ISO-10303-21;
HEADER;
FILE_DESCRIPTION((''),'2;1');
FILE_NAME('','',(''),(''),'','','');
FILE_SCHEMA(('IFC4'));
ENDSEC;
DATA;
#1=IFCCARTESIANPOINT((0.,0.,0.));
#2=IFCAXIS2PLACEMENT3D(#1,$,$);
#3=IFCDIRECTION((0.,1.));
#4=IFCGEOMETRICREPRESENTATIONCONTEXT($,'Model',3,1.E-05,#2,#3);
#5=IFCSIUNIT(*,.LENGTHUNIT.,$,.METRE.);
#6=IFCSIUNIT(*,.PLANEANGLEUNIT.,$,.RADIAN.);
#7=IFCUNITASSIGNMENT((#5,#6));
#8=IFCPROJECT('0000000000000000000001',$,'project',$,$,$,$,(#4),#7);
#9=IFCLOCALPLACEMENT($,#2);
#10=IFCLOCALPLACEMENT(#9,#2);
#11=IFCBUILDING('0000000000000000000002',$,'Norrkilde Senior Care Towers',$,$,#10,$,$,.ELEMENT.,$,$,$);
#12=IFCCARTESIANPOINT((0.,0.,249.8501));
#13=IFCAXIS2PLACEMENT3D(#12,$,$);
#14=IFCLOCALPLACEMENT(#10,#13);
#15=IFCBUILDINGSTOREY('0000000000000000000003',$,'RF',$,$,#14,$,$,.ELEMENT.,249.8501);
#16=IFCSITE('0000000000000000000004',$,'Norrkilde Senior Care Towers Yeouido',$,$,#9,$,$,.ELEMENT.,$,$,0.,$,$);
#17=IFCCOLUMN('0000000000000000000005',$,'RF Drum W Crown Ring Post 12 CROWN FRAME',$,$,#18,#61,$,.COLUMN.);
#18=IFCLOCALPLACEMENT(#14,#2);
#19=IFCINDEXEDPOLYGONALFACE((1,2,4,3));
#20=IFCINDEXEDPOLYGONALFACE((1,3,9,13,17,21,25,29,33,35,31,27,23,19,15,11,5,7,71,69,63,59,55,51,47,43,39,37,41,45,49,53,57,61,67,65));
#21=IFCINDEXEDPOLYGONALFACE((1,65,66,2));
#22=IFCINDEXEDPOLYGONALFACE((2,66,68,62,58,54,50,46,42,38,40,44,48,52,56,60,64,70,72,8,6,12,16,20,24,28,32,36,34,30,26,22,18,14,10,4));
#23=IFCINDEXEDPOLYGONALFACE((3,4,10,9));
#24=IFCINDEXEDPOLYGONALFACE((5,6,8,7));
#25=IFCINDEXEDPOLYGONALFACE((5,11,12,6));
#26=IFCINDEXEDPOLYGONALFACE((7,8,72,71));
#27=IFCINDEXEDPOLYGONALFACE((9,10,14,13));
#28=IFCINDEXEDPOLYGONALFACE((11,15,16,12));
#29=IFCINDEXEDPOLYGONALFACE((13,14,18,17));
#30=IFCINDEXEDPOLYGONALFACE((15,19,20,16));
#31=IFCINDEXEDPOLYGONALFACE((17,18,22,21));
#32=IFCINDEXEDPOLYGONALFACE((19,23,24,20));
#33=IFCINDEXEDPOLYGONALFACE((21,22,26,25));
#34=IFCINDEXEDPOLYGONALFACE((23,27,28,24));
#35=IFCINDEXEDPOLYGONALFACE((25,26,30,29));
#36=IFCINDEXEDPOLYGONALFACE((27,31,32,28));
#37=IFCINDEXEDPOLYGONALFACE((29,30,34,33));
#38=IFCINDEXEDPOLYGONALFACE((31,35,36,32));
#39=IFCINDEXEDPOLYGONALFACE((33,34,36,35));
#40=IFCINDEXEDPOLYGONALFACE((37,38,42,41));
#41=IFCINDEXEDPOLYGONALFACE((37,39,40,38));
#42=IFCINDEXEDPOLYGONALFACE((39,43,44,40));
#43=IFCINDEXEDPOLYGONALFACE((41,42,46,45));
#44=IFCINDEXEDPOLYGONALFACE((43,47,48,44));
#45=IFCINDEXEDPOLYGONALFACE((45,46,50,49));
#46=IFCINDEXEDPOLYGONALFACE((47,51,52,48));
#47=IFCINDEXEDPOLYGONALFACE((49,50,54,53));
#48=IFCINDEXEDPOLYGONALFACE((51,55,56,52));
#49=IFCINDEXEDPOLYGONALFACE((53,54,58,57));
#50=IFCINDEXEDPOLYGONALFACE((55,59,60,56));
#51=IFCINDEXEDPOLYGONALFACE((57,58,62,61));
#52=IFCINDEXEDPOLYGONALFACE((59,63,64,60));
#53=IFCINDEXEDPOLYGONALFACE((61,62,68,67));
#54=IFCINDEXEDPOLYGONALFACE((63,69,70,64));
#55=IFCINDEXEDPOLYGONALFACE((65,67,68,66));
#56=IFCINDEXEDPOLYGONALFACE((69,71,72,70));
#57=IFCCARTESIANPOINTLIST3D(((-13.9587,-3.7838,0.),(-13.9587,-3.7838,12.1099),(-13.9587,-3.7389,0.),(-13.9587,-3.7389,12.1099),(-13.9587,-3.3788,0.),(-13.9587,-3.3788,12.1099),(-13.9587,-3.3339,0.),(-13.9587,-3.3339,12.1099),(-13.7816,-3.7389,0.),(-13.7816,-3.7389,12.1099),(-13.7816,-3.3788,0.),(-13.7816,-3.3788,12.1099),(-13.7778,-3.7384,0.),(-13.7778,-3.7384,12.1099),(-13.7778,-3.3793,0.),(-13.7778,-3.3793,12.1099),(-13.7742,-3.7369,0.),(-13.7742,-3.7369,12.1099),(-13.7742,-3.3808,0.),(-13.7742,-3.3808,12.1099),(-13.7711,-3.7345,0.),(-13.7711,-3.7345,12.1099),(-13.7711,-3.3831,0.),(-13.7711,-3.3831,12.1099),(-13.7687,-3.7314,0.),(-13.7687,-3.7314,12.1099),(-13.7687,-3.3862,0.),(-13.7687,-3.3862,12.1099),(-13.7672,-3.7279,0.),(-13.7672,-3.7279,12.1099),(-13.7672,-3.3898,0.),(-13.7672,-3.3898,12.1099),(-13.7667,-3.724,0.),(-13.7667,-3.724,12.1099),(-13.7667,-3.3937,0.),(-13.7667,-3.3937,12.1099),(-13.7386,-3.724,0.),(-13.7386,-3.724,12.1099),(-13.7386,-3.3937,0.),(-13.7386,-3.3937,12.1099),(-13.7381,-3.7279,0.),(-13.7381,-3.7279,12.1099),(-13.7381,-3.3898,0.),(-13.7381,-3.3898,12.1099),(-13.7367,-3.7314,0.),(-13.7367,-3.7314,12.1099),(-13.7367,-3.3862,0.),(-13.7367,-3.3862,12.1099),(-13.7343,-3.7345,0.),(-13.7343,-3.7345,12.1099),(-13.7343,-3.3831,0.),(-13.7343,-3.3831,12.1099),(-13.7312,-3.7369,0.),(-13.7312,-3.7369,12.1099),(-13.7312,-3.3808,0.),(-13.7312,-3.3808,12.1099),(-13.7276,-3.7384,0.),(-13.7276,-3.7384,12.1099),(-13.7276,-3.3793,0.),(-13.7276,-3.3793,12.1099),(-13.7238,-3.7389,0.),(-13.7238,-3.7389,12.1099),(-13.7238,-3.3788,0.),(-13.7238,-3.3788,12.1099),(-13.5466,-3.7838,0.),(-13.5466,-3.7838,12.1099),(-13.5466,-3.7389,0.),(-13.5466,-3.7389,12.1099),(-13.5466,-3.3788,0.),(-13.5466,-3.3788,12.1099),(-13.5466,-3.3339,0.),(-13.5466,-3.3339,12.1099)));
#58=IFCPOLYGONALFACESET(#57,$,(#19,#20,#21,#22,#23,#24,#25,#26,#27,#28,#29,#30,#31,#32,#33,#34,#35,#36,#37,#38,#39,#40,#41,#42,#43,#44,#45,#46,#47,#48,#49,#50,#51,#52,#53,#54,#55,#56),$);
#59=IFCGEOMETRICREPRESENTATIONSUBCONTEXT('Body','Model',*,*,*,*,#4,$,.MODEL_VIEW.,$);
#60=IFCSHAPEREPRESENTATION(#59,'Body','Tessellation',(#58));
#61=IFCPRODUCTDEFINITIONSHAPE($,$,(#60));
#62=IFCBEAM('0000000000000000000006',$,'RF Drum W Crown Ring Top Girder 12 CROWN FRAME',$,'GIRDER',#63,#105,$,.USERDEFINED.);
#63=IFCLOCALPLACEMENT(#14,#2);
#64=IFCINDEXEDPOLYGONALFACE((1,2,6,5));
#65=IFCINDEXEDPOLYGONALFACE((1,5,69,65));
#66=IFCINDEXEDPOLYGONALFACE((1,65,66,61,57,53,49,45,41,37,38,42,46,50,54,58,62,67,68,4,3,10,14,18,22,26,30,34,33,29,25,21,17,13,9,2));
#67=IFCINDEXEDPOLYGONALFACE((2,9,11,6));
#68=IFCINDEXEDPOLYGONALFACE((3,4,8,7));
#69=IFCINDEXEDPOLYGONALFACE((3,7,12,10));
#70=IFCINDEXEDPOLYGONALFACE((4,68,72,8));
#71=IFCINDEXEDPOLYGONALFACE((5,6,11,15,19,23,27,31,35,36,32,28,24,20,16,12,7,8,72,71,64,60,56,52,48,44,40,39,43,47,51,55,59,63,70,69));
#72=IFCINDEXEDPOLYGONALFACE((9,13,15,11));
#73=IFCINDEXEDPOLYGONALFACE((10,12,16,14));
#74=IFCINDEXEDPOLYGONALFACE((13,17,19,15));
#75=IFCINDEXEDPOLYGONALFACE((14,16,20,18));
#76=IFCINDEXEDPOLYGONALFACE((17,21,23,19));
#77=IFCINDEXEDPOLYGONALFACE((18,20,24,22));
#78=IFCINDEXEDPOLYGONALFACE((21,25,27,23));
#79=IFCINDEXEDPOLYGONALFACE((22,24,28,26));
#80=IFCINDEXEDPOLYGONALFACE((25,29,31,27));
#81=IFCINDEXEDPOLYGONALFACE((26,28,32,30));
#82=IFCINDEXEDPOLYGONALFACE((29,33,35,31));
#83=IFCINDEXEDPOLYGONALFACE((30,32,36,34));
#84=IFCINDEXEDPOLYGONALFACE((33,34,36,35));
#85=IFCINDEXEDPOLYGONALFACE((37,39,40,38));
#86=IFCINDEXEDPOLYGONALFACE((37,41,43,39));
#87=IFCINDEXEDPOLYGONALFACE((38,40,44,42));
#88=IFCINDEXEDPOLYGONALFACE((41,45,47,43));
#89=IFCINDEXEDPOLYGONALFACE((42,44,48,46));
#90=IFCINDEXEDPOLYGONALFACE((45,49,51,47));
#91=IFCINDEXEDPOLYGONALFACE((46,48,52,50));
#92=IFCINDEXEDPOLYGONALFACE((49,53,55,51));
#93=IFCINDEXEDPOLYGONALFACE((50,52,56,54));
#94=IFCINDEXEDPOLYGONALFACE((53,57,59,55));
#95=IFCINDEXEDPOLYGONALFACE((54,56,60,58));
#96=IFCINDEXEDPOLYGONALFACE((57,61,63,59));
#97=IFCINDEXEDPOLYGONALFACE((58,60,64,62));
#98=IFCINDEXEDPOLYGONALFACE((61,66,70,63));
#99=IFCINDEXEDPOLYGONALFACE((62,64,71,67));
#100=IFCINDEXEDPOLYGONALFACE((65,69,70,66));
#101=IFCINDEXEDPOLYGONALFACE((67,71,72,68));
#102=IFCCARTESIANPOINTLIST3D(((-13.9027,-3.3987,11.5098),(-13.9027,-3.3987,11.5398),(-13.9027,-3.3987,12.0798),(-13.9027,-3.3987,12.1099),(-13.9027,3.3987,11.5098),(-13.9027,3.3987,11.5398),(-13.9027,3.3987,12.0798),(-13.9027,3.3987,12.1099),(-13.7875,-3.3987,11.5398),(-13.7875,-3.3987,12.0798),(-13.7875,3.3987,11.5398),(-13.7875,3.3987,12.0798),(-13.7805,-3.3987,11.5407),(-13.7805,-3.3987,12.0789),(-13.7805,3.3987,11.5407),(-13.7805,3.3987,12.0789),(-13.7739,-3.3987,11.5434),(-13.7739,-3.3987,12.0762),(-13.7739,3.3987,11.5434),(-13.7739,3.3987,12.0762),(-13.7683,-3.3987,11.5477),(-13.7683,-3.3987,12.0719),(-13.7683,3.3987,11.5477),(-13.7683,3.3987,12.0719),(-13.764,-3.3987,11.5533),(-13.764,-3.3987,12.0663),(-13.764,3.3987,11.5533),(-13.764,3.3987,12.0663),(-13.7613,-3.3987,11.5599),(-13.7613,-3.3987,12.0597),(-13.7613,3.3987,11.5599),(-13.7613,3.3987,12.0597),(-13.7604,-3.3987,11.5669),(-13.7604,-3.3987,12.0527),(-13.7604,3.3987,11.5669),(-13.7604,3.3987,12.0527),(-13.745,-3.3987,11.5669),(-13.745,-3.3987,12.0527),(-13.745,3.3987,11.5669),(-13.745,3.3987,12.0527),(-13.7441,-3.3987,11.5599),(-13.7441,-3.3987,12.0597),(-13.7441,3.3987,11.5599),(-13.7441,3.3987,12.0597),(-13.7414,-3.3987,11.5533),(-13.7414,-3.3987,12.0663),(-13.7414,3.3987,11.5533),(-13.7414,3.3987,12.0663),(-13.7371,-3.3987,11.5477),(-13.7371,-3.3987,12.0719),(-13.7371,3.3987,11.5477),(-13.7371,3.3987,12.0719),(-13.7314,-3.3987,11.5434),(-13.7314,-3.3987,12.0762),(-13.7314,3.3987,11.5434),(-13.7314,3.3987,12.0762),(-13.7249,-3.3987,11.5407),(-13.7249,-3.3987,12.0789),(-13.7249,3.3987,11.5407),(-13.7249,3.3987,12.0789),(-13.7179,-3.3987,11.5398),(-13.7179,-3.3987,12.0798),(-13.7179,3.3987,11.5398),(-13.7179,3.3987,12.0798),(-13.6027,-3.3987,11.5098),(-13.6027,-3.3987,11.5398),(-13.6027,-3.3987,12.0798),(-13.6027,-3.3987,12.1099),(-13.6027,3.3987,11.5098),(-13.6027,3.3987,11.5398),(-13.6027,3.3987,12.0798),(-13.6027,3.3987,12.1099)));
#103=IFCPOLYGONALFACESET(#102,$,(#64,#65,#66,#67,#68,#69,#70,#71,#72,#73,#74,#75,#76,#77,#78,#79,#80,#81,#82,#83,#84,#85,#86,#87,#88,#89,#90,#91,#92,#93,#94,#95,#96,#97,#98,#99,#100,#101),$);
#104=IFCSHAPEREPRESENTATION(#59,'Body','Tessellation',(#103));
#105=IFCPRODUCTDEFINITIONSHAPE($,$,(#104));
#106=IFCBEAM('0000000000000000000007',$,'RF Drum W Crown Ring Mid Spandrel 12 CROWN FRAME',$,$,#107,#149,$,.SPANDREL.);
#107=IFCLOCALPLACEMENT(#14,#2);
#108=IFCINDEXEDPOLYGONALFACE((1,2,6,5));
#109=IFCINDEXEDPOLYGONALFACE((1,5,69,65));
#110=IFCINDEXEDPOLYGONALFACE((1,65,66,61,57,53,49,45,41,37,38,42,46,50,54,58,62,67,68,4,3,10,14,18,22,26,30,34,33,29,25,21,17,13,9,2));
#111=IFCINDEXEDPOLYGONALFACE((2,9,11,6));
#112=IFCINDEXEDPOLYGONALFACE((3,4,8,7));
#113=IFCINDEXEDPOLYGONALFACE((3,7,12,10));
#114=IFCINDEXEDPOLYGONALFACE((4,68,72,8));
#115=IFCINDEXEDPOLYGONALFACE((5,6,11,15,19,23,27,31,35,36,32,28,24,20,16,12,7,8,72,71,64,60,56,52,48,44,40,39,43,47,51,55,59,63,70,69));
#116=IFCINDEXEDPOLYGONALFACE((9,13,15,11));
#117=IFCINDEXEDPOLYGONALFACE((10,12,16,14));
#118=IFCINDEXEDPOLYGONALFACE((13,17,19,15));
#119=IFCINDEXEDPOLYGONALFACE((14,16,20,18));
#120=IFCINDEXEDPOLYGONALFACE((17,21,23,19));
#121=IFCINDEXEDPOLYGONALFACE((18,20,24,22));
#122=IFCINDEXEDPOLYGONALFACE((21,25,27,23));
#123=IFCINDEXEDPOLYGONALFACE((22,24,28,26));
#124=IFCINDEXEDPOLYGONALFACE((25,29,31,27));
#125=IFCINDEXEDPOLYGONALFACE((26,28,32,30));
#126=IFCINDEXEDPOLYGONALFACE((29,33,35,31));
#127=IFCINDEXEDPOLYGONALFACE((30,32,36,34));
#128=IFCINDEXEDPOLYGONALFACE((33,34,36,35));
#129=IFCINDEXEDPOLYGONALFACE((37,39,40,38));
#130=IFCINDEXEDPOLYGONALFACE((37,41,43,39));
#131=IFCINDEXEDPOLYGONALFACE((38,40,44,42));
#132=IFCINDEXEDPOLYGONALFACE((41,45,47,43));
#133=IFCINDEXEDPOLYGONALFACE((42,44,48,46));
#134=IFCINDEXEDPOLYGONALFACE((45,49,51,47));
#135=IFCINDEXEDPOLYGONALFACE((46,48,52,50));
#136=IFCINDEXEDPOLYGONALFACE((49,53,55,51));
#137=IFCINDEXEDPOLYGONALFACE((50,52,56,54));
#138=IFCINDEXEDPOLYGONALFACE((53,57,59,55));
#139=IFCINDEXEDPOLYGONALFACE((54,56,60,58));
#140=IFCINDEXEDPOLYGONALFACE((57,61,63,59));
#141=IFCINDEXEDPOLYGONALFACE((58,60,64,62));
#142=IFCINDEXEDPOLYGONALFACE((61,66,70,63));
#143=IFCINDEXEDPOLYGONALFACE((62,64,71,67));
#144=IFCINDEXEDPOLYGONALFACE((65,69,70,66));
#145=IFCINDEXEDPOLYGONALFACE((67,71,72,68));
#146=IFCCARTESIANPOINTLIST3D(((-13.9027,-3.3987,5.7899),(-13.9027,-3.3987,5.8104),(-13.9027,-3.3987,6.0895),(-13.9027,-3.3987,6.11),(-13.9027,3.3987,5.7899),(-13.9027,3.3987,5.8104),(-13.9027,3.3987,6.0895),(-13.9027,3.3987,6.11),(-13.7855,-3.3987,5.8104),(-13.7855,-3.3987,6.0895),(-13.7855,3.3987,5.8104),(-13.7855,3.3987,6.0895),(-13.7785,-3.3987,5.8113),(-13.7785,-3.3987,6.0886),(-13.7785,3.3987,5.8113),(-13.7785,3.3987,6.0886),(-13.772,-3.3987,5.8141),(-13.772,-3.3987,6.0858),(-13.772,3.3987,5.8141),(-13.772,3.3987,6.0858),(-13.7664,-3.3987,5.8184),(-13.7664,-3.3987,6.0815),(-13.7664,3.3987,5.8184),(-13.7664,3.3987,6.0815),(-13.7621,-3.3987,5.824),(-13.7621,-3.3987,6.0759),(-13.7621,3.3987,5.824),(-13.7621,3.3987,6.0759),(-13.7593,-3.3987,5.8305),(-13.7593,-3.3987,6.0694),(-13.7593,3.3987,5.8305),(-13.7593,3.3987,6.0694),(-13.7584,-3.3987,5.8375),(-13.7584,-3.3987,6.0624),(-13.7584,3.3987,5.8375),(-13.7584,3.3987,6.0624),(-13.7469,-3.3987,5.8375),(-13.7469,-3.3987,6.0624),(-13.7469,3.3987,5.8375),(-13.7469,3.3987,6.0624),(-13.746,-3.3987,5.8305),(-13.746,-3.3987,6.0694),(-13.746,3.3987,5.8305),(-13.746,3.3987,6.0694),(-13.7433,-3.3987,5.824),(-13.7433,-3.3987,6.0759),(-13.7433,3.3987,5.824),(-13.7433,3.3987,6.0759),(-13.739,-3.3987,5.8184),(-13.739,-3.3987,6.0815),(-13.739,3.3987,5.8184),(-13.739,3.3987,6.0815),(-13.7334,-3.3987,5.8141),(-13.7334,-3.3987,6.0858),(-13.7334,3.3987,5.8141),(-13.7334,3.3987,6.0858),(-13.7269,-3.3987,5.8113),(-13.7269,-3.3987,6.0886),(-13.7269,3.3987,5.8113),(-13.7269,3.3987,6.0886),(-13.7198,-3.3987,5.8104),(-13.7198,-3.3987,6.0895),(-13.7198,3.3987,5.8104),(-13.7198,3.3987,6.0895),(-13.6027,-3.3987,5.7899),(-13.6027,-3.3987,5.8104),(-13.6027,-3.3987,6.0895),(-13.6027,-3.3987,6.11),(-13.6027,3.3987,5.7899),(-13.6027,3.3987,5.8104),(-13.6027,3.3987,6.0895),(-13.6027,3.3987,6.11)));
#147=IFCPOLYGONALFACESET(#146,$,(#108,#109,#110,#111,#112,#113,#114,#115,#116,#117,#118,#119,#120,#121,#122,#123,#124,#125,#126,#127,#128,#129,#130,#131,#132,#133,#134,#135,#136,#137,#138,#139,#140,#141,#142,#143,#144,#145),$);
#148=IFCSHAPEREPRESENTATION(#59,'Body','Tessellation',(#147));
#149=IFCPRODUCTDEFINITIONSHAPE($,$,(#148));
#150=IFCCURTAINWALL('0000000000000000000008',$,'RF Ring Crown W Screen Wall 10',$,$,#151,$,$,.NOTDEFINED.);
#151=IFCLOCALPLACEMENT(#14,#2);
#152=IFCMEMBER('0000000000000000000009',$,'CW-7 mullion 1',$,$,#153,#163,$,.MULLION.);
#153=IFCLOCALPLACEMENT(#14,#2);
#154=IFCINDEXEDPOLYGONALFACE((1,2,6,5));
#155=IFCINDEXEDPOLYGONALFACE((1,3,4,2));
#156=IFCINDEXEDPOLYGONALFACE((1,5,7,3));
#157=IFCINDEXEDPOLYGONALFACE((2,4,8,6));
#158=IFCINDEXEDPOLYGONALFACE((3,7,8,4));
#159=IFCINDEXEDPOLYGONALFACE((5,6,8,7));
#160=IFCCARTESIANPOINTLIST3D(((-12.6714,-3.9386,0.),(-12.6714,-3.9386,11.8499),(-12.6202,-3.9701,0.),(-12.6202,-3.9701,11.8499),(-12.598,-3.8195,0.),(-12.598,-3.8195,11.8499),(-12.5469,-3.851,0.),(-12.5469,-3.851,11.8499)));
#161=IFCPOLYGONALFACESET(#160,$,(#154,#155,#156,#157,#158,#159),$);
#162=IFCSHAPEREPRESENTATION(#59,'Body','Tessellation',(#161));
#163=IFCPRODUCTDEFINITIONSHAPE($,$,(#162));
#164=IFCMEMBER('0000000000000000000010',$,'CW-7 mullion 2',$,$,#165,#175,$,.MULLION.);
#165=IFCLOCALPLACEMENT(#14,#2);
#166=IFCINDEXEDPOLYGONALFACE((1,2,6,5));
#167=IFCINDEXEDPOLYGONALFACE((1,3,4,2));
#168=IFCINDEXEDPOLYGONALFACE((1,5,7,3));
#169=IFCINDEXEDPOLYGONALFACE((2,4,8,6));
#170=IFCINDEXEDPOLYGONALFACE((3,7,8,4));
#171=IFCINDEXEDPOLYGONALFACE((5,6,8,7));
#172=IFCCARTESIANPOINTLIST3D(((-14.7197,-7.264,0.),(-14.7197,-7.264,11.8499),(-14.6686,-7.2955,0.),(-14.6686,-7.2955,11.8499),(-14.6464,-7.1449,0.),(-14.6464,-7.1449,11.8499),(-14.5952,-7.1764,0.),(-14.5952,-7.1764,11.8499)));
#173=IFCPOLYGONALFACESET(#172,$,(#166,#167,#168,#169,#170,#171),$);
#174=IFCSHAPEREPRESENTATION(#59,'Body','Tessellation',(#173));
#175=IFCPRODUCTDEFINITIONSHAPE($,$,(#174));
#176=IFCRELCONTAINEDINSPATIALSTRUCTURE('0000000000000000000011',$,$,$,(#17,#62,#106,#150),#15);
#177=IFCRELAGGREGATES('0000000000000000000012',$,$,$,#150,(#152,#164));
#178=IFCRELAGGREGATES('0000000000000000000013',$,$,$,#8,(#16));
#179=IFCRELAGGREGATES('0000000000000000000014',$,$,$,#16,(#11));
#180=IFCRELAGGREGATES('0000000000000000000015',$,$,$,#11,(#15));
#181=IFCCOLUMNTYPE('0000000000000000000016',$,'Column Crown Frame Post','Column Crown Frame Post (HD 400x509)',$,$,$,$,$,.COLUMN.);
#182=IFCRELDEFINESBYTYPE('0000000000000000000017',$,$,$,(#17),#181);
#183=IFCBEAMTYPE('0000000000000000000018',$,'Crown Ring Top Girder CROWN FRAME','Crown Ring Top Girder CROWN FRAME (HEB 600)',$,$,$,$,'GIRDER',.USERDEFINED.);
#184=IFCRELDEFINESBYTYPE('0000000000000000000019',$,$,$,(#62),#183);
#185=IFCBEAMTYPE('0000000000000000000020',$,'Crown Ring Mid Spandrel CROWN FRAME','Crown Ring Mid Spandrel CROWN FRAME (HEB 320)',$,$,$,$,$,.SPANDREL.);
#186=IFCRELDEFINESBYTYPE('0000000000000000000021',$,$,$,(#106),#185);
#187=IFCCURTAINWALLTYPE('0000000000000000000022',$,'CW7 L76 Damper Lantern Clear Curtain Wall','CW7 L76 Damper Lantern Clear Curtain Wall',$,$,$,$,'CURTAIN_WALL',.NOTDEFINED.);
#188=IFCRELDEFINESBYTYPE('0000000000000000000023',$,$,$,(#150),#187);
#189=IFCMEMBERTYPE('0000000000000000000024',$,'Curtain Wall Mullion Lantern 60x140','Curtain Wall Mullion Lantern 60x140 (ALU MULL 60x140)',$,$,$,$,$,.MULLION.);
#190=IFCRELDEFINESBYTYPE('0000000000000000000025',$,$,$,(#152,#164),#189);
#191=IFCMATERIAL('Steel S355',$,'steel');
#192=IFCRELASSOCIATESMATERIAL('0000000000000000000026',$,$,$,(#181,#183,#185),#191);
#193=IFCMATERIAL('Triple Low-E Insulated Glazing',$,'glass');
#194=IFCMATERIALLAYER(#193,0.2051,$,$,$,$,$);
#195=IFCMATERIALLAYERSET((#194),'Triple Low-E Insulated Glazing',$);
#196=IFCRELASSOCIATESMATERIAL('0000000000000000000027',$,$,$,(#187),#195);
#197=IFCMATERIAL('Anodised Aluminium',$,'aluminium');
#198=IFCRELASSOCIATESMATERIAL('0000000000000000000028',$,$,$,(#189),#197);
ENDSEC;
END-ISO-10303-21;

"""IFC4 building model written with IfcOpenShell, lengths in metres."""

from ifc_helpers import new_model, si_unit, direction, frame, origin, origin_2d, place, context, subcontext, project, spatial, rectangle, i_section, extrude, source, transform, mapped, material, layer, layer_set, material_profile, profile_set, type_object, type_shapes, element, aggregate, save


model = new_model("IFC4")

# Units and contexts
model_context = context("Model", 3, precision=1e-05, world=origin(), true_north=direction((0.0, 1.0)))
body_context = subcontext(model_context, "Body", "Model", "MODEL_VIEW")
ifc_project = project(units=[si_unit("LENGTHUNIT", "METRE"), si_unit("PLANEANGLEUNIT", "RADIAN")], contexts=[model_context])

# Site, building, storey
site_placement = place(None, origin())
site = spatial("IfcSite", under=ifc_project, at=site_placement, Name="Norrkilde Senior Care Towers Yeouido", CompositionType="ELEMENT", RefElevation=0.0)
building_placement = place(site_placement, origin())
building = spatial("IfcBuilding", under=site, at=building_placement, Name="Norrkilde Senior Care Towers", CompositionType="ELEMENT")
storey_placement = place(building_placement, frame((0.0, 0.0, 249.8501)))
storey = spatial("IfcBuildingStorey", under=building, at=storey_placement, Name="RF", CompositionType="ELEMENT", Elevation=249.8501)

# Column
ifc_material_1 = material(Name="Steel S355", Category="steel")
ifc_material_profile_1 = material_profile(ifc_material_1, i_section(OverallWidth=0.4121, OverallDepth=0.45, WebThickness=0.0281, FlangeThickness=0.0449, FilletRadius=0.0149, at=origin_2d()), Name="HD 400x509")
ifc_profile_set_1 = profile_set([ifc_material_profile_1], Name="Steel S355")
column_type = type_object("IfcColumnType", Name="Column Crown Frame Post", Description="Column Crown Frame Post (HD 400x509)", PredefinedType="COLUMN", material=ifc_profile_set_1)
shared_shape_1 = source(origin(), body_context, "Body", "SweptSolid", [
    extrude(i_section(OverallWidth=0.4121, OverallDepth=0.45, WebThickness=0.0281, FlangeThickness=0.0449, FilletRadius=0.0149, at=origin_2d()), origin(), (0.0, 0.0, 1.0), 12.1099),
])
type_shapes(column_type, [shared_shape_1])
column_placement = place(storey_placement, frame((-13.7527, -3.5588, 0.0), z_axis=(0.0, 0.0, 1.0), x_axis=(1.0, 0.0, 0.0)))
element("IfcColumn", 1, at=column_placement, inside=storey, type_object=column_type, Name="RF Drum W Crown Ring Post 12 CROWN FRAME", PredefinedType="COLUMN", context=body_context, shape_type="MappedRepresentation", body=[
    mapped(shared_shape_1, transform((0.0, 0.0, 0.0), x_axis=(1.0, 0.0, 0.0), y_axis=(0.0, 1.0, 0.0), z_axis=(0.0, 0.0, 1.0), scale=1.0)),
])

# Beams
ifc_material_profile_2 = material_profile(ifc_material_1, i_section(OverallWidth=0.3, OverallDepth=0.6001, WebThickness=0.0154, FlangeThickness=0.03, FilletRadius=0.0271, at=origin_2d()), Name="HEB 600")
ifc_profile_set_2 = profile_set([ifc_material_profile_2], Name="Steel S355")
beam_type_1 = type_object("IfcBeamType", Name="Crown Ring Top Girder CROWN FRAME", Description="Crown Ring Top Girder CROWN FRAME (HEB 600)", ElementType="GIRDER", PredefinedType="USERDEFINED", material=ifc_profile_set_2)
shared_shape_2 = source(origin(), body_context, "Body", "SweptSolid", [
    extrude(i_section(OverallWidth=0.3, OverallDepth=0.6001, WebThickness=0.0154, FlangeThickness=0.03, FilletRadius=0.0271, at=origin_2d()), origin(), (0.0, 0.0, 1.0), 6.7974),
])
type_shapes(beam_type_1, [shared_shape_2])
beam_1_placement = place(storey_placement, frame((-13.7527, -3.3987, 11.8098), z_axis=(0.0, 1.0, 0.0), x_axis=(-1.0, 0.0, 0.0)))
element("IfcBeam", 2, at=beam_1_placement, inside=storey, type_object=beam_type_1, Name="RF Drum W Crown Ring Top Girder 12 CROWN FRAME", ObjectType="GIRDER", PredefinedType="USERDEFINED", context=body_context, shape_type="MappedRepresentation", body=[
    mapped(shared_shape_2, transform((0.0, 0.0, 0.0), x_axis=(1.0, 0.0, 0.0), y_axis=(0.0, 1.0, 0.0), z_axis=(0.0, 0.0, 1.0), scale=1.0)),
])
ifc_material_profile_3 = material_profile(ifc_material_1, i_section(OverallWidth=0.3, OverallDepth=0.3201, WebThickness=0.0115, FlangeThickness=0.0205, FilletRadius=0.0271, at=origin_2d()), Name="HEB 320")
ifc_profile_set_3 = profile_set([ifc_material_profile_3], Name="Steel S355")
beam_type_2 = type_object("IfcBeamType", Name="Crown Ring Mid Spandrel CROWN FRAME", Description="Crown Ring Mid Spandrel CROWN FRAME (HEB 320)", PredefinedType="SPANDREL", material=ifc_profile_set_3)
shared_shape_3 = source(origin(), body_context, "Body", "SweptSolid", [
    extrude(i_section(OverallWidth=0.3, OverallDepth=0.3201, WebThickness=0.0115, FlangeThickness=0.0205, FilletRadius=0.0271, at=origin_2d()), origin(), (0.0, 0.0, 1.0), 6.7974),
])
type_shapes(beam_type_2, [shared_shape_3])
beam_2_placement = place(storey_placement, frame((-13.7527, -3.3987, 5.95), z_axis=(0.0, 1.0, 0.0), x_axis=(-1.0, 0.0, 0.0)))
element("IfcBeam", 3, at=beam_2_placement, inside=storey, type_object=beam_type_2, Name="RF Drum W Crown Ring Mid Spandrel 12 CROWN FRAME", PredefinedType="SPANDREL", context=body_context, shape_type="MappedRepresentation", body=[
    mapped(shared_shape_3, transform((0.0, 0.0, 0.0), x_axis=(1.0, 0.0, 0.0), y_axis=(0.0, 1.0, 0.0), z_axis=(0.0, 0.0, 1.0), scale=1.0)),
])

# Curtain wall, members
ifc_material_2 = material(Name="Triple Low-E Insulated Glazing", Category="glass")
ifc_layer_1 = layer(ifc_material_2, 0.2051)
ifc_layer_set_1 = layer_set([ifc_layer_1], Name="Triple Low-E Insulated Glazing")
curtain_wall_type = type_object("IfcCurtainWallType", Name="CW7 L76 Damper Lantern Clear Curtain Wall", Description="CW7 L76 Damper Lantern Clear Curtain Wall", ElementType="CURTAIN_WALL", PredefinedType="NOTDEFINED", material=ifc_layer_set_1)
curtain_wall_1_placement = place(storey_placement, origin())
curtain_wall_1 = element("IfcCurtainWall", 4, at=curtain_wall_1_placement, inside=storey, type_object=curtain_wall_type, Name="RF Ring Crown W Screen Wall 10", PredefinedType="NOTDEFINED")
ifc_material_3 = material(Name="Anodised Aluminium", Category="aluminium")
ifc_material_profile_4 = material_profile(ifc_material_3, rectangle(XDim=0.0601, YDim=0.1399, at=origin_2d()), Name="ALU MULL 60x140")
ifc_profile_set_4 = profile_set([ifc_material_profile_4], Name="Anodised Aluminium")
member_type_1 = type_object("IfcMemberType", Name="Curtain Wall Mullion Lantern 60x140", Description="Curtain Wall Mullion Lantern 60x140 (ALU MULL 60x140)", PredefinedType="MULLION", material=ifc_profile_set_4)
shared_shape_4 = source(origin(), body_context, "Body", "SweptSolid", [
    extrude(rectangle(XDim=0.0601, YDim=0.1399, at=origin_2d()), origin(), (0.0, 0.0, 1.0), 11.8499),
])
type_shapes(member_type_1, [shared_shape_4])
member_1_placement = place(storey_placement, frame((-12.6091, -3.8948, 0.0), z_axis=(0.0, 0.0, 1.0), x_axis=(0.851436, -0.524458, 0.0)))
member_1 = element("IfcMember", 5, at=member_1_placement, type_object=member_type_1, Name="CW-7 mullion 1", PredefinedType="MULLION", context=body_context, shape_type="MappedRepresentation", body=[
    mapped(shared_shape_4, transform((0.0, 0.0, 0.0), x_axis=(1.0, 0.0, 0.0), y_axis=(0.0, 1.0, 0.0), z_axis=(0.0, 0.0, 1.0), scale=1.0)),
])
member_2_placement = place(storey_placement, frame((-14.6575, -7.2202, 0.0), z_axis=(0.0, 0.0, 1.0), x_axis=(0.851436, -0.524458, 0.0)))
member_2 = element("IfcMember", 6, at=member_2_placement, type_object=member_type_1, Name="CW-7 mullion 2", PredefinedType="MULLION", context=body_context, shape_type="MappedRepresentation", body=[
    mapped(shared_shape_4, transform((0.0, 0.0, 0.0), x_axis=(1.0, 0.0, 0.0), y_axis=(0.0, 1.0, 0.0), z_axis=(0.0, 0.0, 1.0), scale=1.0)),
])

aggregate(curtain_wall_1, [member_1, member_2])

save(model, "model.ifc")
